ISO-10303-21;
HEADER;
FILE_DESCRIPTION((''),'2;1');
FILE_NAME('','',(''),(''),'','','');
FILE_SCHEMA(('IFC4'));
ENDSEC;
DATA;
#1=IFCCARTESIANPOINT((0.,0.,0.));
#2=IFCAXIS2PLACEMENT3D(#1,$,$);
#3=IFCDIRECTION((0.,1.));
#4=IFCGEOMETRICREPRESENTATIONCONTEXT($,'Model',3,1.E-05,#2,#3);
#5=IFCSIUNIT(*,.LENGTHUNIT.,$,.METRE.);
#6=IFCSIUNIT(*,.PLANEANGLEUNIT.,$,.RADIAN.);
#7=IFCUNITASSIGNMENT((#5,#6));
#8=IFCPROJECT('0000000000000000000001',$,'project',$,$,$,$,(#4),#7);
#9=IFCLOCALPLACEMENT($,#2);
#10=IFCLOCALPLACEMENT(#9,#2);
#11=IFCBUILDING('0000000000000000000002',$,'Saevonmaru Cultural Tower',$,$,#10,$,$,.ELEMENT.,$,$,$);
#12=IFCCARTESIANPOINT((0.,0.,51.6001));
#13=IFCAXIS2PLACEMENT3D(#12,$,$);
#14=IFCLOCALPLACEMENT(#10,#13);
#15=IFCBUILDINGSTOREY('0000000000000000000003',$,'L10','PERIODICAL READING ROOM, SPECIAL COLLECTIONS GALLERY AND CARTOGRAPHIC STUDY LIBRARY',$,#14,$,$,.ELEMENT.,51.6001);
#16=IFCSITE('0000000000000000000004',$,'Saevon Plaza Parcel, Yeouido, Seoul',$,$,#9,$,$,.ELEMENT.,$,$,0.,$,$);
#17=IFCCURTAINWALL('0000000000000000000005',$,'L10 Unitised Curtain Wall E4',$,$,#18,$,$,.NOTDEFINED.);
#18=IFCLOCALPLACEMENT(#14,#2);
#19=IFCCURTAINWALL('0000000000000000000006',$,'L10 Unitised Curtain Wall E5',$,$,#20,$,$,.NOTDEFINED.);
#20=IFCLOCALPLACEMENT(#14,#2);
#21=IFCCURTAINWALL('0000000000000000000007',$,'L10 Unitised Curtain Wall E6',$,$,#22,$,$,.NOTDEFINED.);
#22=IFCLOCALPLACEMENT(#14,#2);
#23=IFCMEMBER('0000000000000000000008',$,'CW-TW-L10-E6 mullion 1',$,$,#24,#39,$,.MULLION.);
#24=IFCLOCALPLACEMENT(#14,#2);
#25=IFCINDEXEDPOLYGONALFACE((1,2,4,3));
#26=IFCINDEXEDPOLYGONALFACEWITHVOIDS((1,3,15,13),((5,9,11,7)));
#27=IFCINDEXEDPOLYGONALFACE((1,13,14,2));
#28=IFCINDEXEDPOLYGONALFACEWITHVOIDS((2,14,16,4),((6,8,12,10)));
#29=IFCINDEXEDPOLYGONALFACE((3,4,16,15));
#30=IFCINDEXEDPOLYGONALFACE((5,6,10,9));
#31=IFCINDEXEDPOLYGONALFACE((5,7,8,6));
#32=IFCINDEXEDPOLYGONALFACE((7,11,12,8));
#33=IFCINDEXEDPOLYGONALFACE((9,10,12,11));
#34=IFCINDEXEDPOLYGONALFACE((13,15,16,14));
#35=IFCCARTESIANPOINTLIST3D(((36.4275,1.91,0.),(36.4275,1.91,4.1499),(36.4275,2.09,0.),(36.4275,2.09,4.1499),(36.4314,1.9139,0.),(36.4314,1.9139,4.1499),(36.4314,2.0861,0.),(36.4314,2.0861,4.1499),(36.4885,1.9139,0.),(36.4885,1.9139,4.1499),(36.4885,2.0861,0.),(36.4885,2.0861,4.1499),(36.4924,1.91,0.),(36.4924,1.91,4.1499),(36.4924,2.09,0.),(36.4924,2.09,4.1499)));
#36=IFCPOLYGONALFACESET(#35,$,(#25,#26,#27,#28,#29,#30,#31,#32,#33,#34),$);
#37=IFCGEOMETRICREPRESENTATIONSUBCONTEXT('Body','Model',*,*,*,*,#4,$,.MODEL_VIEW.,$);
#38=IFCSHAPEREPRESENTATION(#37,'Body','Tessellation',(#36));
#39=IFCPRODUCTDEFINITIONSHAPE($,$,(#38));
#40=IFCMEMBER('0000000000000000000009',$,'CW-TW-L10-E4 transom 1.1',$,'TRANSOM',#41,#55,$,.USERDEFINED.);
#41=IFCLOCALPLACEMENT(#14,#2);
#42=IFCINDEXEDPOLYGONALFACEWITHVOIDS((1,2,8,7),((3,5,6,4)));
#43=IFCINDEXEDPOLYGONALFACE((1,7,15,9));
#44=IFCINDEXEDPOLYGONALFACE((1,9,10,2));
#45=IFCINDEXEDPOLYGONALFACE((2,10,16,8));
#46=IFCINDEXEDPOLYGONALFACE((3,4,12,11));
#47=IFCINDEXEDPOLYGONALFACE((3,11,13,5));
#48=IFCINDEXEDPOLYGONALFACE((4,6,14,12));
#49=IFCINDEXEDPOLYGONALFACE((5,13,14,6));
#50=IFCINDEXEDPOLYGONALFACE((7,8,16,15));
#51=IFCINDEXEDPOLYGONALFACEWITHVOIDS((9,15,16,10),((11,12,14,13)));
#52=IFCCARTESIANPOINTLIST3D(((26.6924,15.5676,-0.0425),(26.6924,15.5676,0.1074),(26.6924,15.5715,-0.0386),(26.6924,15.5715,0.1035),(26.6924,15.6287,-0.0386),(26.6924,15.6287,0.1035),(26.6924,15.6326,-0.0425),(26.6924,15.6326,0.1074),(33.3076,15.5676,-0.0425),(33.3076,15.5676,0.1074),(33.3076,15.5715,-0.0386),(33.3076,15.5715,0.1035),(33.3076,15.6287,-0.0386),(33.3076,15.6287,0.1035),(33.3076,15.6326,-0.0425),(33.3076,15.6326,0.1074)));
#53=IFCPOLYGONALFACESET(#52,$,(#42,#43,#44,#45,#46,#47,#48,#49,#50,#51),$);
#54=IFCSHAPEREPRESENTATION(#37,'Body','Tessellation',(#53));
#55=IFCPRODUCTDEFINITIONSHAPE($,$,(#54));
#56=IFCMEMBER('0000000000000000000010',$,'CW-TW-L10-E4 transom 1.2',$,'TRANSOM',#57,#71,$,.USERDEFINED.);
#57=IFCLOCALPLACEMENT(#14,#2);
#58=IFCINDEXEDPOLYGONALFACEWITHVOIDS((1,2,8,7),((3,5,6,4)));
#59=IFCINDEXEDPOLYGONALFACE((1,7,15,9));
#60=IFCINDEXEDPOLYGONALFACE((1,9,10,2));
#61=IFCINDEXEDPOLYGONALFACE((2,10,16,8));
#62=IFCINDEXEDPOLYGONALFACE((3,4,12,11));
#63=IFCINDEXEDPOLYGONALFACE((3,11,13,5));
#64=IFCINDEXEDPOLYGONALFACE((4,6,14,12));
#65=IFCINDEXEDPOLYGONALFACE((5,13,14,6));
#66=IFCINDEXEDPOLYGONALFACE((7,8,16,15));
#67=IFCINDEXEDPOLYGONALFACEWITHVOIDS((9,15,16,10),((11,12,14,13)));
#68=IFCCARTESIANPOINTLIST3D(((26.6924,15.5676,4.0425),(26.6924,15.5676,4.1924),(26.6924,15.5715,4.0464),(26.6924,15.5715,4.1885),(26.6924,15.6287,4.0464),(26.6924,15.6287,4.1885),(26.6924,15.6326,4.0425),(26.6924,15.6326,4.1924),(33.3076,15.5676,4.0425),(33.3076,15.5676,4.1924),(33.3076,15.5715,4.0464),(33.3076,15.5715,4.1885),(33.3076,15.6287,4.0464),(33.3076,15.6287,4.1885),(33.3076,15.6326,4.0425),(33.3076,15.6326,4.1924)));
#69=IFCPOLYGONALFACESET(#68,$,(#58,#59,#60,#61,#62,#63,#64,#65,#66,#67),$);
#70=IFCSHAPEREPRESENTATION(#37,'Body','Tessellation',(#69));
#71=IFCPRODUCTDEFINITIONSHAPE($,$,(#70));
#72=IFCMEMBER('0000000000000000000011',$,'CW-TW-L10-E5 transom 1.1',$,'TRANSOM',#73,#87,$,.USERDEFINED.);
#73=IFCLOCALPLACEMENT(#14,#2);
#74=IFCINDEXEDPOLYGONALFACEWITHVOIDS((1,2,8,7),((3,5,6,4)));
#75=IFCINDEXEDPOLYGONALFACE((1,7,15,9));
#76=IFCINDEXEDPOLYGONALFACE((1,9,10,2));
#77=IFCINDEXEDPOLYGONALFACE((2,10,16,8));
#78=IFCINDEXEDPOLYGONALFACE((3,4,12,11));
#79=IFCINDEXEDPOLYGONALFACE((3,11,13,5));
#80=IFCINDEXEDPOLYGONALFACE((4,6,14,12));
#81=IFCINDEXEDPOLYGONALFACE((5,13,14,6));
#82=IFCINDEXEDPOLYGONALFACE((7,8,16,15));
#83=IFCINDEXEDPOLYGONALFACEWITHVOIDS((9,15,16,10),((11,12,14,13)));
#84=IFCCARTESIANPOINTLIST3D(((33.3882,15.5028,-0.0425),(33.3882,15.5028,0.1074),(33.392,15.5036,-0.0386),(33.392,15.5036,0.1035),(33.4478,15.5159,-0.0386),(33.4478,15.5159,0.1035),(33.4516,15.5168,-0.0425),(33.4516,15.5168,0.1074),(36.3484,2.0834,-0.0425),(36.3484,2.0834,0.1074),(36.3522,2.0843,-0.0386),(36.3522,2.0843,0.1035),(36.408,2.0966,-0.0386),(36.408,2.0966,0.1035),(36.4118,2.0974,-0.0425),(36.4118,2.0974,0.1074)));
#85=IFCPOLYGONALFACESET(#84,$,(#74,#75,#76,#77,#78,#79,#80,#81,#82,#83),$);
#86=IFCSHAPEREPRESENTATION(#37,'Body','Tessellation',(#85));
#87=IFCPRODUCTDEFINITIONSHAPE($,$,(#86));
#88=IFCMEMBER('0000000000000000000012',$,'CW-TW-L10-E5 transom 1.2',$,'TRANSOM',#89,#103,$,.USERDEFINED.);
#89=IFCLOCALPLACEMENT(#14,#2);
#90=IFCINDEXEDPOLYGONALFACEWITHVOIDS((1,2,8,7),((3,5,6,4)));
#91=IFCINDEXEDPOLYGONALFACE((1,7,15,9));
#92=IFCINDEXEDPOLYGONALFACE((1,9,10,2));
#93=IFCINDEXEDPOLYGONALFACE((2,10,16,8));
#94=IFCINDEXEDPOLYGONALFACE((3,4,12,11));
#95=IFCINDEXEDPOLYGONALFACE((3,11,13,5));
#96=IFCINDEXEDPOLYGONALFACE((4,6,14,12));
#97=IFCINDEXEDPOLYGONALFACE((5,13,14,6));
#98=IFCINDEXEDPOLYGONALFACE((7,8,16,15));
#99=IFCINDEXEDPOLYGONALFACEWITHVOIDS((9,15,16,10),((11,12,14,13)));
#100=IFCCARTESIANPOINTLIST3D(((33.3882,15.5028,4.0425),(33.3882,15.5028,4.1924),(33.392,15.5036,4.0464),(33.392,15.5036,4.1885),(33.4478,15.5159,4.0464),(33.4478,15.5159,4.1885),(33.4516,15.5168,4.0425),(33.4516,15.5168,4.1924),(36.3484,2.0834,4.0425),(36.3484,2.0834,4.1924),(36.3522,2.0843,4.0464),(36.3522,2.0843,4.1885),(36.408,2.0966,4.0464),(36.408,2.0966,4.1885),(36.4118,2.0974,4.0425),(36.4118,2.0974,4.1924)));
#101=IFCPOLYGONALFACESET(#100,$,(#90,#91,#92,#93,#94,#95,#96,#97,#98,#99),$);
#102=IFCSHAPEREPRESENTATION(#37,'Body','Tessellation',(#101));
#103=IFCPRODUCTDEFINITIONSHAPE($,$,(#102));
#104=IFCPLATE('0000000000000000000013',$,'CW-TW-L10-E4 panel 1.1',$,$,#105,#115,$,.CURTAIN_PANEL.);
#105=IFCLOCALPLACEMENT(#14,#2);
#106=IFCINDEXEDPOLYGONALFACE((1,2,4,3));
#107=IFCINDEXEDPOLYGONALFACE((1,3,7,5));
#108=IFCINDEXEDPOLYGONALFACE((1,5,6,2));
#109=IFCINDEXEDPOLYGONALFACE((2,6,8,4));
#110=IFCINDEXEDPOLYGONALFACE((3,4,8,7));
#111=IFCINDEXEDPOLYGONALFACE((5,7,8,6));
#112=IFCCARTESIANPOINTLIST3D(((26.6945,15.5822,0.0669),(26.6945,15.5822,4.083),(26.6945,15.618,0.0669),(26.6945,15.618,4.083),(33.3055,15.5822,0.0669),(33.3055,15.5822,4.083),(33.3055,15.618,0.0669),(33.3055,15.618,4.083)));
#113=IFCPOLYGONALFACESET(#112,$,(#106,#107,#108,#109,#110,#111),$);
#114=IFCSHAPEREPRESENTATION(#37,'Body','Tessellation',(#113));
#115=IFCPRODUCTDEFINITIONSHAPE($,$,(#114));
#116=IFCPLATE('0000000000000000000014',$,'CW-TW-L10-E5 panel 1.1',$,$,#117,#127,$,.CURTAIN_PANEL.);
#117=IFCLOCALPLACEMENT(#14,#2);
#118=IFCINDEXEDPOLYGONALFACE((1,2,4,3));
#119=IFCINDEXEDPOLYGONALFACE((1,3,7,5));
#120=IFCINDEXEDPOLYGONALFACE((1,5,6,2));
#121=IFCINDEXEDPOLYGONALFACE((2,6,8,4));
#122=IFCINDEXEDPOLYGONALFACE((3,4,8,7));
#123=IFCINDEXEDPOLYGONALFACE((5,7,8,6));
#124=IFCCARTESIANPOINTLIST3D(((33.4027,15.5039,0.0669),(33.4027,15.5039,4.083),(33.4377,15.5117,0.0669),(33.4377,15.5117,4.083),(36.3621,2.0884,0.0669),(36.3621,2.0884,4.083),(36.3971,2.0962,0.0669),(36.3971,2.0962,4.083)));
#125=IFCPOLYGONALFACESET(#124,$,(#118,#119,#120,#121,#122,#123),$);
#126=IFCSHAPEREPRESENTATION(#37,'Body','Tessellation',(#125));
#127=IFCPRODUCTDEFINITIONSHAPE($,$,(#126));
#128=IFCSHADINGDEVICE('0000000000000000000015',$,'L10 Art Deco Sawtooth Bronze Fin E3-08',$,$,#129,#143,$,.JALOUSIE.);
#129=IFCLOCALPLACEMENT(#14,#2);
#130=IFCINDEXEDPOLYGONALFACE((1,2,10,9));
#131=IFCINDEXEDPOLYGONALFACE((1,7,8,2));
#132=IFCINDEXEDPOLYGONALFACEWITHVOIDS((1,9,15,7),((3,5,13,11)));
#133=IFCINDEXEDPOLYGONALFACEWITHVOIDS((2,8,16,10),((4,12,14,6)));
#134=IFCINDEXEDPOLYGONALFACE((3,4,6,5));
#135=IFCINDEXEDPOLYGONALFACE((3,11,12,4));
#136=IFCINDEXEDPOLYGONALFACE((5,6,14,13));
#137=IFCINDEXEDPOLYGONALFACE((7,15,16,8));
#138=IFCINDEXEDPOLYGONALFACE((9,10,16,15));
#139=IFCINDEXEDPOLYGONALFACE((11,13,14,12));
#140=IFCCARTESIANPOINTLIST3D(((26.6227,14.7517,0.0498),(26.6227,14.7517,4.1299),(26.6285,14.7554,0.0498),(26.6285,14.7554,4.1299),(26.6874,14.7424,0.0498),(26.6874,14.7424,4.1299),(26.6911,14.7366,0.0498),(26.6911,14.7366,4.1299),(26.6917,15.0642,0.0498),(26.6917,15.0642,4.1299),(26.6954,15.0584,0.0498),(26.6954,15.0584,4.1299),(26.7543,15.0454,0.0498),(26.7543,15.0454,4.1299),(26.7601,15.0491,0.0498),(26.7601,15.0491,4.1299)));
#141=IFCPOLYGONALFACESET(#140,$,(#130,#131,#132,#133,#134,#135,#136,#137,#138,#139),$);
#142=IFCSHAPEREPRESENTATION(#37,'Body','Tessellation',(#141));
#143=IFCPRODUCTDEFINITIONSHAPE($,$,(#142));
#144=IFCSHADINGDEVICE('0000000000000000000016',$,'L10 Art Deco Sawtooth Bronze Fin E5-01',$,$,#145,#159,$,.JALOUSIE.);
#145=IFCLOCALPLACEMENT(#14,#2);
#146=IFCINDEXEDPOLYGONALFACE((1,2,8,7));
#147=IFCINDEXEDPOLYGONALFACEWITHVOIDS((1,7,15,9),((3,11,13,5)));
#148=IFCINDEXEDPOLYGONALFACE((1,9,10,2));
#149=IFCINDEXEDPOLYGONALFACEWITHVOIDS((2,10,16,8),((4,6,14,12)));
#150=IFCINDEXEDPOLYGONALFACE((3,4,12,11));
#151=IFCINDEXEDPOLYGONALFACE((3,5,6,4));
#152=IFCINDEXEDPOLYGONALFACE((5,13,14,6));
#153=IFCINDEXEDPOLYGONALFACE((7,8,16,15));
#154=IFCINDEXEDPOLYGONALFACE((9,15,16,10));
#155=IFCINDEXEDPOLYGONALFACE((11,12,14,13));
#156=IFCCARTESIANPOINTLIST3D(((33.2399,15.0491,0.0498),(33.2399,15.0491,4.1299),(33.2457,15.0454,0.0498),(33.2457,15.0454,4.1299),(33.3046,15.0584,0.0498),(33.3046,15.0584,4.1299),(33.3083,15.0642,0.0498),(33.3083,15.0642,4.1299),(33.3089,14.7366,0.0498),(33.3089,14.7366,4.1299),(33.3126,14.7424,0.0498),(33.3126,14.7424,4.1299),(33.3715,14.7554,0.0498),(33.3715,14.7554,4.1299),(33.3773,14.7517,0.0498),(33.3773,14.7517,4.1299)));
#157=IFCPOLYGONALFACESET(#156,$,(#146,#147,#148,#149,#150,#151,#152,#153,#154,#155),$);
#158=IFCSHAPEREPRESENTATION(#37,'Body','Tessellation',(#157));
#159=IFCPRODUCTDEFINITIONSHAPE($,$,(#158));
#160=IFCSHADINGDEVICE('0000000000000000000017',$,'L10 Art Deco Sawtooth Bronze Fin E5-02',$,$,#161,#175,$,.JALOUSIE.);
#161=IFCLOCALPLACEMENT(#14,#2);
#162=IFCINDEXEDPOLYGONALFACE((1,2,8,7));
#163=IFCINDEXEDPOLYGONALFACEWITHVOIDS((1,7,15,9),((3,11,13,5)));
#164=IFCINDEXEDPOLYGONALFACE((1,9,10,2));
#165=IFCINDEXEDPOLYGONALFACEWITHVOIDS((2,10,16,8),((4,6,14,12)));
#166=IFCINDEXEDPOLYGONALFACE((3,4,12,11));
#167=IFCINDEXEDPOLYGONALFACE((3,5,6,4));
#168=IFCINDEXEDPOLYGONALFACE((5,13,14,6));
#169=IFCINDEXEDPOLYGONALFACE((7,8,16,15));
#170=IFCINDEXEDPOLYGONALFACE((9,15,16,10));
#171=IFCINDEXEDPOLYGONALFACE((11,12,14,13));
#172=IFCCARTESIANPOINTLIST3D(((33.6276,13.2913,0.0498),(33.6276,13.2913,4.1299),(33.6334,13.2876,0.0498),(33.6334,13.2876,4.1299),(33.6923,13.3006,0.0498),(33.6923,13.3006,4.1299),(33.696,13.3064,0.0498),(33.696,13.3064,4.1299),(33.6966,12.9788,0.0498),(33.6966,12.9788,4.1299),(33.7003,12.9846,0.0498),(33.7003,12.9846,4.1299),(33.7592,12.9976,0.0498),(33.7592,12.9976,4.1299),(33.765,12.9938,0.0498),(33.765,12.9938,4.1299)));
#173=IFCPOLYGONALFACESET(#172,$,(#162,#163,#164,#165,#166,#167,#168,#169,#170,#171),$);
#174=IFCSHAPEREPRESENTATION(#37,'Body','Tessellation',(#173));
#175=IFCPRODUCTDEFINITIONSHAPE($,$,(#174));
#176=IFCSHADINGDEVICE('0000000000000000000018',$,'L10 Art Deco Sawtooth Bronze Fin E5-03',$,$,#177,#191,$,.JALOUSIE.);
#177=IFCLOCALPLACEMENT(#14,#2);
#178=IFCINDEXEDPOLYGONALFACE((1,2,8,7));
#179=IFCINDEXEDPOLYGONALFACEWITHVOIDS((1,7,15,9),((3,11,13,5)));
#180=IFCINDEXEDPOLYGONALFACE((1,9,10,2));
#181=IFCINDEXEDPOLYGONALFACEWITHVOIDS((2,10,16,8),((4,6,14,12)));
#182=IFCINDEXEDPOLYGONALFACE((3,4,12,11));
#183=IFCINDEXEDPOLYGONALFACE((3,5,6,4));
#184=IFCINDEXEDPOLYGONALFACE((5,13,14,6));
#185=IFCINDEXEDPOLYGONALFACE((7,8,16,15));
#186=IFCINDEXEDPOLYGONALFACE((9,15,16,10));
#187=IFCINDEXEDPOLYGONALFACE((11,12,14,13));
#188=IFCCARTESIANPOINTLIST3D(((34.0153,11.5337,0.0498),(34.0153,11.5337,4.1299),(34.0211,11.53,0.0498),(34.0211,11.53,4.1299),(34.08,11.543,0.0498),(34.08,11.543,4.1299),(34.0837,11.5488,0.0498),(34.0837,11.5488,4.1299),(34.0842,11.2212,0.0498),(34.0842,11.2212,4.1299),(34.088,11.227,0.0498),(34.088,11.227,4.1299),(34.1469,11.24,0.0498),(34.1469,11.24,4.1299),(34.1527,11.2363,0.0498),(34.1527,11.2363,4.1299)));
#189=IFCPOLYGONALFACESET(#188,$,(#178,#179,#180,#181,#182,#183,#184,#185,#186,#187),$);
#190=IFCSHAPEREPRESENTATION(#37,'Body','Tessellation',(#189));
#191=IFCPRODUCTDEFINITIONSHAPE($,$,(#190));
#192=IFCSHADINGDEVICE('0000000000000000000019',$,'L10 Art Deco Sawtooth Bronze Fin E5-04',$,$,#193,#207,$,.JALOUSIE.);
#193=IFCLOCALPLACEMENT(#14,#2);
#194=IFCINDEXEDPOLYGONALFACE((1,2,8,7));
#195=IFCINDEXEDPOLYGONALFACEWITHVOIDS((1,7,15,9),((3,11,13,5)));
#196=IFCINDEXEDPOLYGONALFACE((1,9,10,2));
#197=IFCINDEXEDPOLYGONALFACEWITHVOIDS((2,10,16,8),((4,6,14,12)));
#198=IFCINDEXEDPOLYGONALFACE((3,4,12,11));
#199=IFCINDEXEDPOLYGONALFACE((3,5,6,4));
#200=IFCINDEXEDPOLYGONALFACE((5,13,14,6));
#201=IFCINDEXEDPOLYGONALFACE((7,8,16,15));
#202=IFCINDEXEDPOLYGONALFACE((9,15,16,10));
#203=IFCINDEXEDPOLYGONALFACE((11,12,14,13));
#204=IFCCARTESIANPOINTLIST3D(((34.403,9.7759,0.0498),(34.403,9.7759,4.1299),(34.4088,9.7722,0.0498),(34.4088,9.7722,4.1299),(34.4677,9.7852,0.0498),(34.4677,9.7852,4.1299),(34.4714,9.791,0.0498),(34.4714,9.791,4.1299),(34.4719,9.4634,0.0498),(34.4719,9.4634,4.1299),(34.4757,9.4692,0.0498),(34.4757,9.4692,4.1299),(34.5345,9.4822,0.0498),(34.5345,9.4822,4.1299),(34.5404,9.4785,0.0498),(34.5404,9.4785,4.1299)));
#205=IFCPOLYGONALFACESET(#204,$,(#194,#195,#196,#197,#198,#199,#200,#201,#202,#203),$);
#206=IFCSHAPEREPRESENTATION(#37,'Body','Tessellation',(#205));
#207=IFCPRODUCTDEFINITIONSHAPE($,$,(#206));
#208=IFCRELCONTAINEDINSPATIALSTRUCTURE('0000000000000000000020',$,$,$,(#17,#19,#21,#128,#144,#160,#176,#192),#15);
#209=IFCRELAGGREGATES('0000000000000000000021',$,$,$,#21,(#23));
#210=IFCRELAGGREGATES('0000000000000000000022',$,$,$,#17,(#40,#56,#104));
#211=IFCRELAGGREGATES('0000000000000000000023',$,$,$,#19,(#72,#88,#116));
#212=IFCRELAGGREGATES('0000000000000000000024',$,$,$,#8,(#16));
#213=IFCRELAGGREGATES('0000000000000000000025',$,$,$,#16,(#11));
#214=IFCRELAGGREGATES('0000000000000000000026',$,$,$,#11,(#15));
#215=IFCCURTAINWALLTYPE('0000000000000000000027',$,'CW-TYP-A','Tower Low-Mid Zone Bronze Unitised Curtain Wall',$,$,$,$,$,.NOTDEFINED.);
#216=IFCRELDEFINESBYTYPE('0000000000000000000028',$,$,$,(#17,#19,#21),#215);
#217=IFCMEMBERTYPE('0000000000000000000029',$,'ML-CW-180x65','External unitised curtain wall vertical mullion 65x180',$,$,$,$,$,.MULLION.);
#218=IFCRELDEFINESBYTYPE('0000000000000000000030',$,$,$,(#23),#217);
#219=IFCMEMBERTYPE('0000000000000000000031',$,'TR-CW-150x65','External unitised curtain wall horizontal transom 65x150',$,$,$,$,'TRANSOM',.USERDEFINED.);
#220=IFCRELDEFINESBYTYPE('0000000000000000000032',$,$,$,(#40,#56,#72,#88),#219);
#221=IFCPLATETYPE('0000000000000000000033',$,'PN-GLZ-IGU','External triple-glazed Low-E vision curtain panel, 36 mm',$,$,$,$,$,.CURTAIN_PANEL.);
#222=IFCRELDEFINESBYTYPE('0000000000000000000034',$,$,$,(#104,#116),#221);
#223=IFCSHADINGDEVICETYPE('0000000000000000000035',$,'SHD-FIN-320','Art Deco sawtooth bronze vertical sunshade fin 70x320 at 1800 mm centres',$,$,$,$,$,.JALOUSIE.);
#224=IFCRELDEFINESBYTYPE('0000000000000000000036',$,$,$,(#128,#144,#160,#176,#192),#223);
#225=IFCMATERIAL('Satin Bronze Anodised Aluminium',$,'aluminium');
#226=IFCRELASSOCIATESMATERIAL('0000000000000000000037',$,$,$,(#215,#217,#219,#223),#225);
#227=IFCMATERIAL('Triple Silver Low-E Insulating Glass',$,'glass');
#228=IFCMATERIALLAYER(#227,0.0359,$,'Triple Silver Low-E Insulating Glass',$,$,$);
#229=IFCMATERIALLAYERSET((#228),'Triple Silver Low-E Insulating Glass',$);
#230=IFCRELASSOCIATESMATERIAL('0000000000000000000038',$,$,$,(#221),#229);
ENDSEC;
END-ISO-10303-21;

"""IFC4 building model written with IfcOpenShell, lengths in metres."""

from ifc_helpers import new_model, si_unit, direction, frame, origin, origin_2d, place, context, subcontext, project, spatial, rectangle, hollow_rectangle, extrude, material, layer, layer_set, material_profile, profile_set, type_object, element, aggregate, save


model = new_model("IFC4")

# Units and contexts
model_context = context("Model", 3, precision=1e-05, world=origin(), true_north=direction((0.0, 1.0)))
body_context = subcontext(model_context, "Body", "Model", "MODEL_VIEW")
ifc_project = project(units=[si_unit("LENGTHUNIT", "METRE"), si_unit("PLANEANGLEUNIT", "RADIAN")], contexts=[model_context])

# Site, building, storey
site_placement = place(None, origin())
site = spatial("IfcSite", under=ifc_project, at=site_placement, Name="Saevon Plaza Parcel, Yeouido, Seoul", CompositionType="ELEMENT", RefElevation=0.0)
building_placement = place(site_placement, origin())
building = spatial("IfcBuilding", under=site, at=building_placement, Name="Saevonmaru Cultural Tower", CompositionType="ELEMENT")
storey_placement = place(building_placement, frame((0.0, 0.0, 51.6001)))
storey = spatial("IfcBuildingStorey", under=building, at=storey_placement, Name="L10", Description="PERIODICAL READING ROOM, SPECIAL COLLECTIONS GALLERY AND CARTOGRAPHIC STUDY LIBRARY", CompositionType="ELEMENT", Elevation=51.6001)

# Curtain wall
ifc_material_1 = material(Name="Satin Bronze Anodised Aluminium", Category="aluminium")
curtain_wall_type = type_object("IfcCurtainWallType", Name="CW-TYP-A", Description="Tower Low-Mid Zone Bronze Unitised Curtain Wall", PredefinedType="NOTDEFINED", material=ifc_material_1)
ifc_material_profile_1 = material_profile(ifc_material_1, hollow_rectangle(XDim=0.0649, YDim=0.1799, WallThickness=0.0039, at=origin_2d()), Name="ALU-MULL-180x65x4")
ifc_profile_set_1 = profile_set([ifc_material_profile_1], Name="Satin Bronze Anodised Aluminium")
member_type_1 = type_object("IfcMemberType", Name="ML-CW-180x65", Description="External unitised curtain wall vertical mullion 65x180", PredefinedType="MULLION", material=ifc_profile_set_1)
curtain_wall_1_placement = place(storey_placement, origin())
curtain_wall_1 = element("IfcCurtainWall", 1, at=curtain_wall_1_placement, inside=storey, type_object=curtain_wall_type, Name="L10 Unitised Curtain Wall E4", PredefinedType="NOTDEFINED")

# Curtain wall
curtain_wall_2_placement = place(storey_placement, origin())
curtain_wall_2 = element("IfcCurtainWall", 2, at=curtain_wall_2_placement, inside=storey, type_object=curtain_wall_type, Name="L10 Unitised Curtain Wall E5", PredefinedType="NOTDEFINED")

# Curtain wall, member
curtain_wall_3_placement = place(storey_placement, origin())
curtain_wall_3 = element("IfcCurtainWall", 3, at=curtain_wall_3_placement, inside=storey, type_object=curtain_wall_type, Name="L10 Unitised Curtain Wall E6", PredefinedType="NOTDEFINED")
member_1_placement = place(storey_placement, frame((36.46, 2.0, 0.0), z_axis=(0.0, 0.0, 1.0), x_axis=(1.0, 0.0, 0.0)))
member_1 = element("IfcMember", 4, at=member_1_placement, type_object=member_type_1, Name="CW-TW-L10-E6 mullion 1", PredefinedType="MULLION", context=body_context, shape_type="SweptSolid", body=[
    extrude(hollow_rectangle(XDim=0.0649, YDim=0.1799, WallThickness=0.0039, at=origin_2d()), origin(), (0.0, 0.0, 1.0), 4.1499),
])
aggregate(curtain_wall_3, [member_1])

# Members
ifc_material_profile_2 = material_profile(ifc_material_1, hollow_rectangle(XDim=0.0649, YDim=0.1499, WallThickness=0.0039, at=origin_2d()), Name="ALU-TRAN-150x65x4")
ifc_profile_set_2 = profile_set([ifc_material_profile_2], Name="Satin Bronze Anodised Aluminium")
member_type_2 = type_object("IfcMemberType", Name="TR-CW-150x65", Description="External unitised curtain wall horizontal transom 65x150", ElementType="TRANSOM", PredefinedType="USERDEFINED", material=ifc_profile_set_2)
member_2_placement = place(storey_placement, frame((26.6924, 15.6001, 0.0325), z_axis=(1.0, 0.0, 0.0), x_axis=(0.0, 1.0, 0.0)))
member_2 = element("IfcMember", 5, at=member_2_placement, type_object=member_type_2, Name="CW-TW-L10-E4 transom 1.1", ObjectType="TRANSOM", PredefinedType="USERDEFINED", context=body_context, shape_type="SweptSolid", body=[
    extrude(hollow_rectangle(XDim=0.0649, YDim=0.1499, WallThickness=0.0039, at=origin_2d()), origin(), (0.0, 0.0, 1.0), 6.6152),
])
member_3_placement = place(storey_placement, frame((26.6924, 15.6001, 4.1174), z_axis=(1.0, 0.0, 0.0), x_axis=(0.0, 1.0, 0.0)))
member_3 = element("IfcMember", 6, at=member_3_placement, type_object=member_type_2, Name="CW-TW-L10-E4 transom 1.2", ObjectType="TRANSOM", PredefinedType="USERDEFINED", context=body_context, shape_type="SweptSolid", body=[
    extrude(hollow_rectangle(XDim=0.0649, YDim=0.1499, WallThickness=0.0039, at=origin_2d()), origin(), (0.0, 0.0, 1.0), 6.6152),
])
member_4_placement = place(storey_placement, frame((33.4199, 15.5098, 0.0325), z_axis=(0.215412, -0.976523, 0.0), x_axis=(0.976523, 0.215412, 0.0)))
member_4 = element("IfcMember", 7, at=member_4_placement, type_object=member_type_2, Name="CW-TW-L10-E5 transom 1.1", ObjectType="TRANSOM", PredefinedType="USERDEFINED", context=body_context, shape_type="SweptSolid", body=[
    extrude(hollow_rectangle(XDim=0.0649, YDim=0.1499, WallThickness=0.0039, at=origin_2d()), origin(), (0.0, 0.0, 1.0), 13.7419),
])
member_5_placement = place(storey_placement, frame((33.4199, 15.5098, 4.1174), z_axis=(0.215412, -0.976523, 0.0), x_axis=(0.976523, 0.215412, 0.0)))
member_5 = element("IfcMember", 8, at=member_5_placement, type_object=member_type_2, Name="CW-TW-L10-E5 transom 1.2", ObjectType="TRANSOM", PredefinedType="USERDEFINED", context=body_context, shape_type="SweptSolid", body=[
    extrude(hollow_rectangle(XDim=0.0649, YDim=0.1499, WallThickness=0.0039, at=origin_2d()), origin(), (0.0, 0.0, 1.0), 13.7419),
])

# Plates
ifc_material_2 = material(Name="Triple Silver Low-E Insulating Glass", Category="glass")
ifc_layer_1 = layer(ifc_material_2, 0.0359, Name="Triple Silver Low-E Insulating Glass")
ifc_layer_set_1 = layer_set([ifc_layer_1], Name="Triple Silver Low-E Insulating Glass")
plate_type = type_object("IfcPlateType", Name="PN-GLZ-IGU", Description="External triple-glazed Low-E vision curtain panel, 36 mm", PredefinedType="CURTAIN_PANEL", material=ifc_layer_set_1)
plate_1_placement = place(storey_placement, frame((30.0, 15.6001, 0.0669), z_axis=(0.0, 0.0, 1.0), x_axis=(1.0, 0.0, 0.0)))
plate_1 = element("IfcPlate", 9, at=plate_1_placement, type_object=plate_type, Name="CW-TW-L10-E4 panel 1.1", PredefinedType="CURTAIN_PANEL", context=body_context, shape_type="SweptSolid", body=[
    extrude(rectangle(XDim=6.6111, YDim=0.0359, at=origin_2d()), origin(), (0.0, 0.0, 1.0), 4.0161),
])
aggregate(curtain_wall_1, [member_2, member_3, plate_1])
plate_2_placement = place(storey_placement, frame((34.8999, 8.8, 0.0669), z_axis=(0.0, 0.0, 1.0), x_axis=(0.215413, -0.976523, 0.0)))
plate_2 = element("IfcPlate", 10, at=plate_2_placement, type_object=plate_type, Name="CW-TW-L10-E5 panel 1.1", PredefinedType="CURTAIN_PANEL", context=body_context, shape_type="SweptSolid", body=[
    extrude(rectangle(XDim=13.738, YDim=0.0359, at=origin_2d()), origin(), (0.0, 0.0, 1.0), 4.0161),
])
aggregate(curtain_wall_2, [member_4, member_5, plate_2])

# Shading devices
ifc_material_profile_3 = material_profile(ifc_material_1, hollow_rectangle(XDim=0.0701, YDim=0.3201, WallThickness=0.0049, at=origin_2d()), Name="FIN-320x70")
ifc_profile_set_3 = profile_set([ifc_material_profile_3], Name="Satin Bronze Anodised Aluminium")
shading_device_type = type_object("IfcShadingDeviceType", Name="SHD-FIN-320", Description="Art Deco sawtooth bronze vertical sunshade fin 70x320 at 1800 mm centres", PredefinedType="JALOUSIE", material=ifc_profile_set_3)
for number, where, z_axis, x_axis, name in (
    (11, (26.6914, 14.9004, 0.0498), (0.0, 0.0, 1.0), (0.976522, -0.215417, 0.0), "L10 Art Deco Sawtooth Bronze Fin E3-08"),
    (12, (33.3086, 14.9004, 0.0498), (0.0, 0.0, 1.0), (-0.976522, -0.215417, 0.0), "L10 Art Deco Sawtooth Bronze Fin E5-01"),
    (13, (33.6963, 13.1426, 0.0498), (0.0, 0.0, 1.0), (-0.976522, -0.215417, 0.0), "L10 Art Deco Sawtooth Bronze Fin E5-02"),
    (14, (34.084, 11.385, 0.0498), (0.0, 0.0, 1.0), (-0.976522, -0.215417, 0.0), "L10 Art Deco Sawtooth Bronze Fin E5-03"),
    (15, (34.4717, 9.6272, 0.0498), (0.0, 0.0, 1.0), (-0.976522, -0.215417, 0.0), "L10 Art Deco Sawtooth Bronze Fin E5-04"),
):
    element("IfcShadingDevice", number, at=place(storey_placement, frame(where, z_axis=z_axis, x_axis=x_axis)), inside=storey, type_object=shading_device_type, Name=name, PredefinedType="JALOUSIE", context=body_context, shape_type="SweptSolid", body=[
        extrude(hollow_rectangle(XDim=0.0701, YDim=0.3201, WallThickness=0.0049, at=origin_2d()), origin(), (0.0, 0.0, 1.0), 4.0801),
    ])

save(model, "model.ifc")
